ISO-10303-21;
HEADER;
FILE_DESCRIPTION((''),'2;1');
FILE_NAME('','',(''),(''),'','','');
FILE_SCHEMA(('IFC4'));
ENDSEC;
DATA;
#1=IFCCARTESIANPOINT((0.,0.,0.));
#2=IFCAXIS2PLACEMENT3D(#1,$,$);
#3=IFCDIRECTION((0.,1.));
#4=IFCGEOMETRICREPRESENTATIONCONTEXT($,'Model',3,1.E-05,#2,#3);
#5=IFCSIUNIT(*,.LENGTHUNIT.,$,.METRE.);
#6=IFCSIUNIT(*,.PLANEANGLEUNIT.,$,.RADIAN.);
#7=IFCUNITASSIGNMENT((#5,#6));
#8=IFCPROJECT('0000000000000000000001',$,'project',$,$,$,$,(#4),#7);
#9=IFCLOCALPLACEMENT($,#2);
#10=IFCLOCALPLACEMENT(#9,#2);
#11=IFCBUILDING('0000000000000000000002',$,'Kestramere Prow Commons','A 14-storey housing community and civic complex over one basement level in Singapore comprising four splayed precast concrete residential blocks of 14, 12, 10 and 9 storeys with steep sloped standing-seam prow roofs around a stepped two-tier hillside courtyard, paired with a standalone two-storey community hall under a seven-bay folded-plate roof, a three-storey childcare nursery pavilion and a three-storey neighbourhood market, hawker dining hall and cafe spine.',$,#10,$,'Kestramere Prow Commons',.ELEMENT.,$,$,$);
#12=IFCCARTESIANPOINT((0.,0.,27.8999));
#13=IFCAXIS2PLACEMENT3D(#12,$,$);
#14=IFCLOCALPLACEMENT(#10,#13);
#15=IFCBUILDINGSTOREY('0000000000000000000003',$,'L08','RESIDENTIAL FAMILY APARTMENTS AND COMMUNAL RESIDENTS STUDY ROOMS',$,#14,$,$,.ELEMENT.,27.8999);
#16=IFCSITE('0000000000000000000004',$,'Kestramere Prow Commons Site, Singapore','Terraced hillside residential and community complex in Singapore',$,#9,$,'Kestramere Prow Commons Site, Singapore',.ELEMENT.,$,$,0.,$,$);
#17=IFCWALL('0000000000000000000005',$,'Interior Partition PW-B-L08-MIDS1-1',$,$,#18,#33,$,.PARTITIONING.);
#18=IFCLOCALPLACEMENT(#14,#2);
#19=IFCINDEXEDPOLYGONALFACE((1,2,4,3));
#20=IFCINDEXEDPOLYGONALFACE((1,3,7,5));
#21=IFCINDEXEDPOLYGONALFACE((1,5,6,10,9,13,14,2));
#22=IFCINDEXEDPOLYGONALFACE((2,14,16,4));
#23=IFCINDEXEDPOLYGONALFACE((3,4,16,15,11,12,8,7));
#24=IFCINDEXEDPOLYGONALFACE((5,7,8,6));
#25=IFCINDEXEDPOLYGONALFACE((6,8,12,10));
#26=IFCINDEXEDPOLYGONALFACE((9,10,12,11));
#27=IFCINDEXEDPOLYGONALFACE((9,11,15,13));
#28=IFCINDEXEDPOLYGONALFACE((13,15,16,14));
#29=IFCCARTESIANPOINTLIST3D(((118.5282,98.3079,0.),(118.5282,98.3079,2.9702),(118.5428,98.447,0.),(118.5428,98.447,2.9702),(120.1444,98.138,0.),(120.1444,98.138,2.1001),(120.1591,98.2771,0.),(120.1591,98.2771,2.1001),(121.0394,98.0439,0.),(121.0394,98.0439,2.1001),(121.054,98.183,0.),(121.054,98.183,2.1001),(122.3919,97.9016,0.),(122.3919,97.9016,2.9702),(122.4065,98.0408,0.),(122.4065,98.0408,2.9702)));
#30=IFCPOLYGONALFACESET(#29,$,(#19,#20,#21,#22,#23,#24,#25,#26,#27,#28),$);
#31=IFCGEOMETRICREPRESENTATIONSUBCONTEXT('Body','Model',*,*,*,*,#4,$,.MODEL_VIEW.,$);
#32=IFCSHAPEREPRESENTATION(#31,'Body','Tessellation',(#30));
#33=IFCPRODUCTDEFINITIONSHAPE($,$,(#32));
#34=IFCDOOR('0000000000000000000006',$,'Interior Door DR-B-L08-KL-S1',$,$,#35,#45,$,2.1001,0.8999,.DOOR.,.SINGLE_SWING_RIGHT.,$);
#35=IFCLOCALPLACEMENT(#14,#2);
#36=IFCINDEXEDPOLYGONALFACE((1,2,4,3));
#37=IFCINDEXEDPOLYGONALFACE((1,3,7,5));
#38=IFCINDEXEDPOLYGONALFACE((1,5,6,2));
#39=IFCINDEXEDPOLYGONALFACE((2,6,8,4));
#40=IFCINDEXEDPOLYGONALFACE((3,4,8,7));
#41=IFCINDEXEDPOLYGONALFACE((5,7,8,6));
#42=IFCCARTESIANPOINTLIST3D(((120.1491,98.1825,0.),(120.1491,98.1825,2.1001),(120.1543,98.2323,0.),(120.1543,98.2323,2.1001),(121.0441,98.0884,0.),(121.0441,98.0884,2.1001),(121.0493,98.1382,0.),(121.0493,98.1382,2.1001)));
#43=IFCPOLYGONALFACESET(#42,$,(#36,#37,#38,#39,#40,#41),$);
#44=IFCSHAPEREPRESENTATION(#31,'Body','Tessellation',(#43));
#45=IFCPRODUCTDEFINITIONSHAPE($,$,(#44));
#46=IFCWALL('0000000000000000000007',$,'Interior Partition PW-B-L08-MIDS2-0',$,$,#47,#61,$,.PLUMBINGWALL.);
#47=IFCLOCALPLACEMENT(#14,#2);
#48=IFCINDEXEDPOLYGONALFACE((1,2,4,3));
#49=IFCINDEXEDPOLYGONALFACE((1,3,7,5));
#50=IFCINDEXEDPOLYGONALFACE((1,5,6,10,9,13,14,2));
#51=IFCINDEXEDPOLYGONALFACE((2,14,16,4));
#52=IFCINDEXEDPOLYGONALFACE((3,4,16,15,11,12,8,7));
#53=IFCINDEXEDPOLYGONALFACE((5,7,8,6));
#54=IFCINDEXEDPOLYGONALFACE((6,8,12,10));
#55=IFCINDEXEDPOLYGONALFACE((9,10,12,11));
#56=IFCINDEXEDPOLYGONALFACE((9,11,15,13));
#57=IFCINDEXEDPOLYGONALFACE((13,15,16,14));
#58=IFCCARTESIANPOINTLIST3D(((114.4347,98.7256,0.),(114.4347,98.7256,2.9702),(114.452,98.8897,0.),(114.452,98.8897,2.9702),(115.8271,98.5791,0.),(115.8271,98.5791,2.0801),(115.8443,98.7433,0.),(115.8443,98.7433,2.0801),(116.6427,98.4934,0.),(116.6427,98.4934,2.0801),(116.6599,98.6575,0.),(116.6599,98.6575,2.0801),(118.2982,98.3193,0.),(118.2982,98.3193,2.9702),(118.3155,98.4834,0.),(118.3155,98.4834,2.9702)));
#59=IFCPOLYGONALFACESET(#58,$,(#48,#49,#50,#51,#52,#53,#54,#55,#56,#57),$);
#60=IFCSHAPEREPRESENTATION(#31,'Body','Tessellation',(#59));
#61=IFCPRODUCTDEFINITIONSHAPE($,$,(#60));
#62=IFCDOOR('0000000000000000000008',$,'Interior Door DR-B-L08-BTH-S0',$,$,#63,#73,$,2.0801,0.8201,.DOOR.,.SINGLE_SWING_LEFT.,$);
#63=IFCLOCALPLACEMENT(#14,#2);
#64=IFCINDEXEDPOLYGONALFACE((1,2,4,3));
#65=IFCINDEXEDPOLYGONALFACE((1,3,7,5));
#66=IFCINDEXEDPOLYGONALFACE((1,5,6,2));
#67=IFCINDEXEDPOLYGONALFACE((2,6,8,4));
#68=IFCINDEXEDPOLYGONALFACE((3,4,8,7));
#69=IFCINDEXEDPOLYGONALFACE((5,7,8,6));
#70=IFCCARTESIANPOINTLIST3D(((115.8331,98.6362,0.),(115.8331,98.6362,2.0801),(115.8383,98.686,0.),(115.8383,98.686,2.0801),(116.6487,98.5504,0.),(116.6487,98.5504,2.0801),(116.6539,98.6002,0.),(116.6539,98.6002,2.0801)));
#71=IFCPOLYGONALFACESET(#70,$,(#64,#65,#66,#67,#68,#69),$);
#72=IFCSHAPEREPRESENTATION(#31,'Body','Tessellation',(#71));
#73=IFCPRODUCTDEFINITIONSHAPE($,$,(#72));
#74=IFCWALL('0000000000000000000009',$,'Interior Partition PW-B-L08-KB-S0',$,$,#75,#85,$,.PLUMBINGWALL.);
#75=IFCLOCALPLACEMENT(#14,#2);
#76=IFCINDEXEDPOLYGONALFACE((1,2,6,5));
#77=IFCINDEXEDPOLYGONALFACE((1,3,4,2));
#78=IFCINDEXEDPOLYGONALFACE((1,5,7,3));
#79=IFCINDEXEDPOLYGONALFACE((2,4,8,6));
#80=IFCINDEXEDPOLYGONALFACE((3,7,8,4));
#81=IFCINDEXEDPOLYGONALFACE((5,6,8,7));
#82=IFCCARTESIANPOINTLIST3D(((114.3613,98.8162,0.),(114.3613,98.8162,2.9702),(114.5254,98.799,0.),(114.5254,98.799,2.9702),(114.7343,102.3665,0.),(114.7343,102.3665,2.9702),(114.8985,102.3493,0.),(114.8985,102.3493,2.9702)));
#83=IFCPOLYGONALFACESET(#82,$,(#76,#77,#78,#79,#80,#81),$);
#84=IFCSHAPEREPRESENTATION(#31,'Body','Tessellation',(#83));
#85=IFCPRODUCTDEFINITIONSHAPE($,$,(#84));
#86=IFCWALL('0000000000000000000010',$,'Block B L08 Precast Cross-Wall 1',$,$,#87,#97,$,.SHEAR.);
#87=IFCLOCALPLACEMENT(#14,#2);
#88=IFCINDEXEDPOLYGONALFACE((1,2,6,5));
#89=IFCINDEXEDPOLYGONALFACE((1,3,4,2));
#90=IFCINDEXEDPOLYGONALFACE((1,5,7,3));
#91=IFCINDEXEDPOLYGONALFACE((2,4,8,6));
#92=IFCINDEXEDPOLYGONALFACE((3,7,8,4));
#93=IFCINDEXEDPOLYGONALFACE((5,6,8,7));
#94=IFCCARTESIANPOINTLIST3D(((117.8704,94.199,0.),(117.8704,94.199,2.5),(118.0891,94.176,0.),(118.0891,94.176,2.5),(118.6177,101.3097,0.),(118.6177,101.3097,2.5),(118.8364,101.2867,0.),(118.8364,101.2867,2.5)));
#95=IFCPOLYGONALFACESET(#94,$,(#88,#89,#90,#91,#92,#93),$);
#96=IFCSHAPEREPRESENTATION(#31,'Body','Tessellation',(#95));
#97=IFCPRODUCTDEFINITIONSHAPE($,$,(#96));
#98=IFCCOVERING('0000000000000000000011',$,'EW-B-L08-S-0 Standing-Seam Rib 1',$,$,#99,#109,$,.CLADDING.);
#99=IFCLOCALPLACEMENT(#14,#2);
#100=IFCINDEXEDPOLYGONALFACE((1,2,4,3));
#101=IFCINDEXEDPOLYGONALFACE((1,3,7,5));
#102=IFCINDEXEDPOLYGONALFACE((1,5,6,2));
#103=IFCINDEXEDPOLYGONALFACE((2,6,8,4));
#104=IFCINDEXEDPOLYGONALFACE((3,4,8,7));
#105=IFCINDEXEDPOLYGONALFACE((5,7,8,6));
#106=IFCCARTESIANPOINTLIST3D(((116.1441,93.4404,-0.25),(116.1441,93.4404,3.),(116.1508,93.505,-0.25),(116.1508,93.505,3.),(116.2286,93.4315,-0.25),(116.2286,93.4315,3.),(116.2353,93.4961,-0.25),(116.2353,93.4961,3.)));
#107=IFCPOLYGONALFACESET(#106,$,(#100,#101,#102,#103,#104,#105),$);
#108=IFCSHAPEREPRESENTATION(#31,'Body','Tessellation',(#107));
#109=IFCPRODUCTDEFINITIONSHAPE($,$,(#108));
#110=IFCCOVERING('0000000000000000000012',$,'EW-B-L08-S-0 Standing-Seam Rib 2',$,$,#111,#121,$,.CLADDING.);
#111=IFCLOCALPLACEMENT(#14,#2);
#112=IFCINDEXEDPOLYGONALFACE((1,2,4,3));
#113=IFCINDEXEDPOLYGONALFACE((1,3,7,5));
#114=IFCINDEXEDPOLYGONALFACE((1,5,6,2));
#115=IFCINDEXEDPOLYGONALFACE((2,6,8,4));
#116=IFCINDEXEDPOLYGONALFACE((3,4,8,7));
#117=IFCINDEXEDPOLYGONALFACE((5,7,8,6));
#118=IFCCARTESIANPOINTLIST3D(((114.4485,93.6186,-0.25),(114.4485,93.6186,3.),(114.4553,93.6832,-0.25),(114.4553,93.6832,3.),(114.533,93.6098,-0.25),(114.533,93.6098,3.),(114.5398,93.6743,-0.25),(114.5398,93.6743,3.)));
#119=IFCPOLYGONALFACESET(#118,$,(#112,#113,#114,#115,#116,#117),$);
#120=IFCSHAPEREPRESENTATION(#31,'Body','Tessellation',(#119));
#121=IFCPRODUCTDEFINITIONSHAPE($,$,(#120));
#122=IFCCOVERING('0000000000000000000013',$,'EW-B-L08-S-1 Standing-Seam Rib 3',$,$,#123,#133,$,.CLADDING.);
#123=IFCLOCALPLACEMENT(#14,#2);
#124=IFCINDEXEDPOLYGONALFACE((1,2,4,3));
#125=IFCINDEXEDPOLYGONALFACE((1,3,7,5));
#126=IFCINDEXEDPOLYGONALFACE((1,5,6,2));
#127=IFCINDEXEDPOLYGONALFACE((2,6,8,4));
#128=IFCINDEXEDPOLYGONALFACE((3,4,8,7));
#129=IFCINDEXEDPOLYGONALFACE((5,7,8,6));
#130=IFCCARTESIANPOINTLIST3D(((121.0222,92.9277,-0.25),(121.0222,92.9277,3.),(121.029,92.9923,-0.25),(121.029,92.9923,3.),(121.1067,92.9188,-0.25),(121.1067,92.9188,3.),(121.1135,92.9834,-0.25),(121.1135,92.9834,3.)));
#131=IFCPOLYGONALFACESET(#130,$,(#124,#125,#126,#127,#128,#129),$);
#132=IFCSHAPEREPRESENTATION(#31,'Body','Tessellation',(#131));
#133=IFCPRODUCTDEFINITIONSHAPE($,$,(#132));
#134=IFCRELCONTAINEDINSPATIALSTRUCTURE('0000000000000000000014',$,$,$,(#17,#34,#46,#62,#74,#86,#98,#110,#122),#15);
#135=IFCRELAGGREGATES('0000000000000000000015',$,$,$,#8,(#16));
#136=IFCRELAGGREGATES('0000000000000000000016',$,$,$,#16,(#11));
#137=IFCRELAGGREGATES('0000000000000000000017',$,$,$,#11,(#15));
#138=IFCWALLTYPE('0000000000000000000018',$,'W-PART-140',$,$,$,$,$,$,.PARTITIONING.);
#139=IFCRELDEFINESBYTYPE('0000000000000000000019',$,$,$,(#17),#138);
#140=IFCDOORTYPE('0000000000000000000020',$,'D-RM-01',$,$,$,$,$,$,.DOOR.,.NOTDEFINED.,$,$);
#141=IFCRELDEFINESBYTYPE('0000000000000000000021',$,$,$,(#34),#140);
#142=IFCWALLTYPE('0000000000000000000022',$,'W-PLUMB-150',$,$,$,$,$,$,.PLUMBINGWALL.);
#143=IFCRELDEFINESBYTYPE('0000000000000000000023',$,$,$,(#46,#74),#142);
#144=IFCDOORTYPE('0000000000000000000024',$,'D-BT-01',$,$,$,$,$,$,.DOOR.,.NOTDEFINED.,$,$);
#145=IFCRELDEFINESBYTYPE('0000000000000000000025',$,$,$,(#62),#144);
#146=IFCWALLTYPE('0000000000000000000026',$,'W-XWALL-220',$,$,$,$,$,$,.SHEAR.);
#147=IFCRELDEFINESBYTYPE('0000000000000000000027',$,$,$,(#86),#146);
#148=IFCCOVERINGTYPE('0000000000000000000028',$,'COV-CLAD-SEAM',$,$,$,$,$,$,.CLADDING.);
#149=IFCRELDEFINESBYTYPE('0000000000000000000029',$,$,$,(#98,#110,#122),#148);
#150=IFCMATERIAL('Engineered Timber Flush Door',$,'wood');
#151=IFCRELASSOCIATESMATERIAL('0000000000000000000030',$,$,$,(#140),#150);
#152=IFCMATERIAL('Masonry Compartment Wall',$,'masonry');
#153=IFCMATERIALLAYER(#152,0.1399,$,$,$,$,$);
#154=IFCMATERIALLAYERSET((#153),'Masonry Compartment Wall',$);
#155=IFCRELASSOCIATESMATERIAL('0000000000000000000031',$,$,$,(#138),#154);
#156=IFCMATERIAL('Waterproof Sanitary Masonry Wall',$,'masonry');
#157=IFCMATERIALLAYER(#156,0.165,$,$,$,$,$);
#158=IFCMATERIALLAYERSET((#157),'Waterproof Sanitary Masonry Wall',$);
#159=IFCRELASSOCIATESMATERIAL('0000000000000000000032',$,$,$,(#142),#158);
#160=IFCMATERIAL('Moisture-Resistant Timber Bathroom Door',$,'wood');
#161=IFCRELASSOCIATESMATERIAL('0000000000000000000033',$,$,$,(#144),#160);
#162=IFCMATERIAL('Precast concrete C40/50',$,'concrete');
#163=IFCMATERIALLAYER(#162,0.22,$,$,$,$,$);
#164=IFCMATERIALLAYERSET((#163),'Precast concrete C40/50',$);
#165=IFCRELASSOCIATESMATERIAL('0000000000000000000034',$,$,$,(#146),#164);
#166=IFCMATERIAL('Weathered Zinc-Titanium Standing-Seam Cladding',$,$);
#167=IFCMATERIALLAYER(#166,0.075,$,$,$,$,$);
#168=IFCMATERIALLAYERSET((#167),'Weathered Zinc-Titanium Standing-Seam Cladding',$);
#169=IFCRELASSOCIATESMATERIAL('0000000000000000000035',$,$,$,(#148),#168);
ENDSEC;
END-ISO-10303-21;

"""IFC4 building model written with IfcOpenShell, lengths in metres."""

from ifc_helpers import new_model, si_unit, direction, frame, frame_2d, origin, origin_2d, place, context, subcontext, project, spatial, rectangle, extrude, material, layer, layer_set, type_object, element, fill, save


model = new_model("IFC4")

# Units and contexts
model_context = context("Model", 3, precision=1e-05, world=origin(), true_north=direction((0.0, 1.0)))
body_context = subcontext(model_context, "Body", "Model", "MODEL_VIEW")
ifc_project = project(units=[si_unit("LENGTHUNIT", "METRE"), si_unit("PLANEANGLEUNIT", "RADIAN")], contexts=[model_context])

# Site, building, storey
site_placement = place(None, origin())
site = spatial("IfcSite", under=ifc_project, at=site_placement, Name="Kestramere Prow Commons Site, Singapore", Description="Terraced hillside residential and community complex in Singapore", LongName="Kestramere Prow Commons Site, Singapore", CompositionType="ELEMENT", RefElevation=0.0)
building_placement = place(site_placement, origin())
building = spatial("IfcBuilding", under=site, at=building_placement, Name="Kestramere Prow Commons", Description="A 14-storey housing community and civic complex over one basement level in Singapore comprising four splayed precast concrete residential blocks of 14, 12, 10 and 9 storeys with steep sloped standing-seam prow roofs around a stepped two-tier hillside courtyard, paired with a standalone two-storey community hall under a seven-bay folded-plate roof, a three-storey childcare nursery pavilion and a three-storey neighbourhood market, hawker dining hall and cafe spine.", LongName="Kestramere Prow Commons", CompositionType="ELEMENT")
storey_placement = place(building_placement, frame((0.0, 0.0, 27.8999)))
storey = spatial("IfcBuildingStorey", under=building, at=storey_placement, Name="L08", Description="RESIDENTIAL FAMILY APARTMENTS AND COMMUNAL RESIDENTS STUDY ROOMS", CompositionType="ELEMENT", Elevation=27.8999)

# Shared definitions
ifc_material_1 = material(Name="Precast concrete C40/50", Category="concrete")

# Walls, openings, doors
ifc_material_2 = material(Name="Engineered Timber Flush Door", Category="wood")
door_type_1 = type_object("IfcDoorType", Name="D-RM-01", OperationType="NOTDEFINED", PredefinedType="DOOR", material=ifc_material_2)
ifc_material_3 = material(Name="Masonry Compartment Wall", Category="masonry")
ifc_layer_1 = layer(ifc_material_3, 0.1399)
ifc_layer_set_1 = layer_set([ifc_layer_1], Name="Masonry Compartment Wall")
wall_type_1 = type_object("IfcWallType", Name="W-PART-140", PredefinedType="PARTITIONING", material=ifc_layer_set_1)
wall_1_placement = place(storey_placement, frame((118.5356, 98.3774, 0.0), z_axis=(0.0, 0.0, 1.0), x_axis=(0.994518, -0.104567, 0.0)))
wall_1 = element("IfcWall", 1, at=wall_1_placement, inside=storey, type_object=wall_type_1, Name="Interior Partition PW-B-L08-MIDS1-1", PredefinedType="PARTITIONING", context=body_context, shape_type="SweptSolid", body=[
    extrude(rectangle(XDim=3.885, YDim=0.1399, at=frame_2d((1.9424, 0.0))), origin(), (0.0, 0.0, 1.0), 2.9702),
])
opening_1_placement = place(wall_1_placement, frame((1.625, 0.0, 0.0)))
opening_1 = element("IfcOpeningElement", 2, at=opening_1_placement, cuts=wall_1, PredefinedType="OPENING", context=body_context, shape_type="SweptSolid", body=[
    extrude(rectangle(XDim=0.8999, YDim=2.1001, at=frame_2d((0.45, 1.05))), frame((0.0, 0.085, 0.0), z_axis=(0.0, -1.0, 0.0), x_axis=(1.0, 0.0, 0.0)), (0.0, 0.0, 1.0), 0.1699),
])
door_1_placement = place(opening_1_placement, origin())
door_1 = element("IfcDoor", 3, at=door_1_placement, inside=storey, type_object=door_type_1, Name="Interior Door DR-B-L08-KL-S1", OperationType="SINGLE_SWING_RIGHT", OverallHeight=2.1001, OverallWidth=0.8999, PredefinedType="DOOR", context=body_context, shape_type="SweptSolid", body=[
    extrude(rectangle(XDim=0.8999, YDim=2.1001, at=frame_2d((0.45, 1.05))), frame((0.0, 0.0249, 0.0), z_axis=(0.0, -1.0, 0.0), x_axis=(1.0, 0.0, 0.0)), (0.0, 0.0, 1.0), 0.05),
])
fill(opening_1, door_1)
ifc_material_4 = material(Name="Waterproof Sanitary Masonry Wall", Category="masonry")
ifc_layer_2 = layer(ifc_material_4, 0.165)
ifc_layer_set_2 = layer_set([ifc_layer_2], Name="Waterproof Sanitary Masonry Wall")
wall_type_2 = type_object("IfcWallType", Name="W-PLUMB-150", PredefinedType="PLUMBINGWALL", material=ifc_layer_set_2)
wall_2_placement = place(storey_placement, frame((114.4434, 98.8076, 0.0), z_axis=(0.0, 0.0, 1.0), x_axis=(0.994517, -0.104574, 0.0)))
wall_2 = element("IfcWall", 4, at=wall_2_placement, inside=storey, type_object=wall_type_2, Name="Interior Partition PW-B-L08-MIDS2-0", PredefinedType="PLUMBINGWALL", context=body_context, shape_type="SweptSolid", body=[
    extrude(rectangle(XDim=3.8848, YDim=0.165, at=frame_2d((1.9424, 0.0))), origin(), (0.0, 0.0, 1.0), 2.9702),
])
opening_2_placement = place(wall_2_placement, frame((1.3999, 0.0, 0.0)))
opening_2 = element("IfcOpeningElement", 5, at=opening_2_placement, cuts=wall_2, PredefinedType="OPENING", context=body_context, shape_type="SweptSolid", body=[
    extrude(rectangle(XDim=0.8201, YDim=2.0801, at=frame_2d((0.4102, 1.04))), frame((0.0, 0.0974, 0.0), z_axis=(0.0, -1.0, 0.0), x_axis=(1.0, 0.0, 0.0)), (0.0, 0.0, 1.0), 0.1951),
])
ifc_material_5 = material(Name="Moisture-Resistant Timber Bathroom Door", Category="wood")
door_type_2 = type_object("IfcDoorType", Name="D-BT-01", OperationType="NOTDEFINED", PredefinedType="DOOR", material=ifc_material_5)
door_2_placement = place(opening_2_placement, origin())
door_2 = element("IfcDoor", 6, at=door_2_placement, inside=storey, type_object=door_type_2, Name="Interior Door DR-B-L08-BTH-S0", OperationType="SINGLE_SWING_LEFT", OverallHeight=2.0801, OverallWidth=0.8201, PredefinedType="DOOR", context=body_context, shape_type="SweptSolid", body=[
    extrude(rectangle(XDim=0.8201, YDim=2.0801, at=frame_2d((0.4102, 1.04))), frame((0.0, 0.0249, 0.0), z_axis=(0.0, -1.0, 0.0), x_axis=(1.0, 0.0, 0.0)), (0.0, 0.0, 1.0), 0.05),
])
fill(opening_2, door_2)

# Walls
wall_3_placement = place(storey_placement, frame((114.4434, 98.8076, 0.0), z_axis=(0.0, 0.0, 1.0), x_axis=(0.1045, 0.994525, 0.0)))
element("IfcWall", 7, at=wall_3_placement, inside=storey, type_object=wall_type_2, Name="Interior Partition PW-B-L08-KB-S0", PredefinedType="PLUMBINGWALL", context=body_context, shape_type="SweptSolid", body=[
    extrude(rectangle(XDim=3.5698, YDim=0.165, at=frame_2d((1.7849, 0.0))), origin(), (0.0, 0.0, 1.0), 2.9702),
])
ifc_layer_3 = layer(ifc_material_1, 0.22)
ifc_layer_set_3 = layer_set([ifc_layer_3], Name="Precast concrete C40/50")
wall_type_3 = type_object("IfcWallType", Name="W-XWALL-220", PredefinedType="SHEAR", material=ifc_layer_set_3)
wall_4_placement = place(storey_placement, frame((117.9797, 94.1875, 0.0), z_axis=(0.0, 0.0, 1.0), x_axis=(0.104519, 0.994523, 0.0)))
element("IfcWall", 8, at=wall_4_placement, inside=storey, type_object=wall_type_3, Name="Block B L08 Precast Cross-Wall 1", PredefinedType="SHEAR", context=body_context, shape_type="SweptSolid", body=[
    extrude(rectangle(XDim=7.1499, YDim=0.22, at=frame_2d((3.575, 0.0))), origin(), (0.0, 0.0, 1.0), 2.5),
])

# Coverings
ifc_material_6 = material(Name="Weathered Zinc-Titanium Standing-Seam Cladding")
ifc_layer_4 = layer(ifc_material_6, 0.075)
ifc_layer_set_4 = layer_set([ifc_layer_4], Name="Weathered Zinc-Titanium Standing-Seam Cladding")
covering_type = type_object("IfcCoveringType", Name="COV-CLAD-SEAM", PredefinedType="CLADDING", material=ifc_layer_set_4)
for number, where, z_axis, x_axis, name in (
    (9, (116.1897, 93.4683, -0.25), (0.0, 0.0, 1.0), (-0.994522, 0.104528, 0.0), "EW-B-L08-S-0 Standing-Seam Rib 1"),
    (10, (114.4941, 93.6465, -0.25), (0.0, 0.0, 1.0), (-0.994522, 0.104528, 0.0), "EW-B-L08-S-0 Standing-Seam Rib 2"),
    (11, (121.0679, 92.9556, -0.25), (0.0, 0.0, 1.0), (-0.994522, 0.104528, 0.0), "EW-B-L08-S-1 Standing-Seam Rib 3"),
):
    element("IfcCovering", number, at=place(storey_placement, frame(where, z_axis=z_axis, x_axis=x_axis)), inside=storey, type_object=covering_type, Name=name, PredefinedType="CLADDING", context=body_context, shape_type="SweptSolid", body=[
        extrude(rectangle(XDim=0.085, YDim=0.0649, at=origin_2d()), origin(), (0.0, 0.0, 1.0), 3.25),
    ])

save(model, "model.ifc")
